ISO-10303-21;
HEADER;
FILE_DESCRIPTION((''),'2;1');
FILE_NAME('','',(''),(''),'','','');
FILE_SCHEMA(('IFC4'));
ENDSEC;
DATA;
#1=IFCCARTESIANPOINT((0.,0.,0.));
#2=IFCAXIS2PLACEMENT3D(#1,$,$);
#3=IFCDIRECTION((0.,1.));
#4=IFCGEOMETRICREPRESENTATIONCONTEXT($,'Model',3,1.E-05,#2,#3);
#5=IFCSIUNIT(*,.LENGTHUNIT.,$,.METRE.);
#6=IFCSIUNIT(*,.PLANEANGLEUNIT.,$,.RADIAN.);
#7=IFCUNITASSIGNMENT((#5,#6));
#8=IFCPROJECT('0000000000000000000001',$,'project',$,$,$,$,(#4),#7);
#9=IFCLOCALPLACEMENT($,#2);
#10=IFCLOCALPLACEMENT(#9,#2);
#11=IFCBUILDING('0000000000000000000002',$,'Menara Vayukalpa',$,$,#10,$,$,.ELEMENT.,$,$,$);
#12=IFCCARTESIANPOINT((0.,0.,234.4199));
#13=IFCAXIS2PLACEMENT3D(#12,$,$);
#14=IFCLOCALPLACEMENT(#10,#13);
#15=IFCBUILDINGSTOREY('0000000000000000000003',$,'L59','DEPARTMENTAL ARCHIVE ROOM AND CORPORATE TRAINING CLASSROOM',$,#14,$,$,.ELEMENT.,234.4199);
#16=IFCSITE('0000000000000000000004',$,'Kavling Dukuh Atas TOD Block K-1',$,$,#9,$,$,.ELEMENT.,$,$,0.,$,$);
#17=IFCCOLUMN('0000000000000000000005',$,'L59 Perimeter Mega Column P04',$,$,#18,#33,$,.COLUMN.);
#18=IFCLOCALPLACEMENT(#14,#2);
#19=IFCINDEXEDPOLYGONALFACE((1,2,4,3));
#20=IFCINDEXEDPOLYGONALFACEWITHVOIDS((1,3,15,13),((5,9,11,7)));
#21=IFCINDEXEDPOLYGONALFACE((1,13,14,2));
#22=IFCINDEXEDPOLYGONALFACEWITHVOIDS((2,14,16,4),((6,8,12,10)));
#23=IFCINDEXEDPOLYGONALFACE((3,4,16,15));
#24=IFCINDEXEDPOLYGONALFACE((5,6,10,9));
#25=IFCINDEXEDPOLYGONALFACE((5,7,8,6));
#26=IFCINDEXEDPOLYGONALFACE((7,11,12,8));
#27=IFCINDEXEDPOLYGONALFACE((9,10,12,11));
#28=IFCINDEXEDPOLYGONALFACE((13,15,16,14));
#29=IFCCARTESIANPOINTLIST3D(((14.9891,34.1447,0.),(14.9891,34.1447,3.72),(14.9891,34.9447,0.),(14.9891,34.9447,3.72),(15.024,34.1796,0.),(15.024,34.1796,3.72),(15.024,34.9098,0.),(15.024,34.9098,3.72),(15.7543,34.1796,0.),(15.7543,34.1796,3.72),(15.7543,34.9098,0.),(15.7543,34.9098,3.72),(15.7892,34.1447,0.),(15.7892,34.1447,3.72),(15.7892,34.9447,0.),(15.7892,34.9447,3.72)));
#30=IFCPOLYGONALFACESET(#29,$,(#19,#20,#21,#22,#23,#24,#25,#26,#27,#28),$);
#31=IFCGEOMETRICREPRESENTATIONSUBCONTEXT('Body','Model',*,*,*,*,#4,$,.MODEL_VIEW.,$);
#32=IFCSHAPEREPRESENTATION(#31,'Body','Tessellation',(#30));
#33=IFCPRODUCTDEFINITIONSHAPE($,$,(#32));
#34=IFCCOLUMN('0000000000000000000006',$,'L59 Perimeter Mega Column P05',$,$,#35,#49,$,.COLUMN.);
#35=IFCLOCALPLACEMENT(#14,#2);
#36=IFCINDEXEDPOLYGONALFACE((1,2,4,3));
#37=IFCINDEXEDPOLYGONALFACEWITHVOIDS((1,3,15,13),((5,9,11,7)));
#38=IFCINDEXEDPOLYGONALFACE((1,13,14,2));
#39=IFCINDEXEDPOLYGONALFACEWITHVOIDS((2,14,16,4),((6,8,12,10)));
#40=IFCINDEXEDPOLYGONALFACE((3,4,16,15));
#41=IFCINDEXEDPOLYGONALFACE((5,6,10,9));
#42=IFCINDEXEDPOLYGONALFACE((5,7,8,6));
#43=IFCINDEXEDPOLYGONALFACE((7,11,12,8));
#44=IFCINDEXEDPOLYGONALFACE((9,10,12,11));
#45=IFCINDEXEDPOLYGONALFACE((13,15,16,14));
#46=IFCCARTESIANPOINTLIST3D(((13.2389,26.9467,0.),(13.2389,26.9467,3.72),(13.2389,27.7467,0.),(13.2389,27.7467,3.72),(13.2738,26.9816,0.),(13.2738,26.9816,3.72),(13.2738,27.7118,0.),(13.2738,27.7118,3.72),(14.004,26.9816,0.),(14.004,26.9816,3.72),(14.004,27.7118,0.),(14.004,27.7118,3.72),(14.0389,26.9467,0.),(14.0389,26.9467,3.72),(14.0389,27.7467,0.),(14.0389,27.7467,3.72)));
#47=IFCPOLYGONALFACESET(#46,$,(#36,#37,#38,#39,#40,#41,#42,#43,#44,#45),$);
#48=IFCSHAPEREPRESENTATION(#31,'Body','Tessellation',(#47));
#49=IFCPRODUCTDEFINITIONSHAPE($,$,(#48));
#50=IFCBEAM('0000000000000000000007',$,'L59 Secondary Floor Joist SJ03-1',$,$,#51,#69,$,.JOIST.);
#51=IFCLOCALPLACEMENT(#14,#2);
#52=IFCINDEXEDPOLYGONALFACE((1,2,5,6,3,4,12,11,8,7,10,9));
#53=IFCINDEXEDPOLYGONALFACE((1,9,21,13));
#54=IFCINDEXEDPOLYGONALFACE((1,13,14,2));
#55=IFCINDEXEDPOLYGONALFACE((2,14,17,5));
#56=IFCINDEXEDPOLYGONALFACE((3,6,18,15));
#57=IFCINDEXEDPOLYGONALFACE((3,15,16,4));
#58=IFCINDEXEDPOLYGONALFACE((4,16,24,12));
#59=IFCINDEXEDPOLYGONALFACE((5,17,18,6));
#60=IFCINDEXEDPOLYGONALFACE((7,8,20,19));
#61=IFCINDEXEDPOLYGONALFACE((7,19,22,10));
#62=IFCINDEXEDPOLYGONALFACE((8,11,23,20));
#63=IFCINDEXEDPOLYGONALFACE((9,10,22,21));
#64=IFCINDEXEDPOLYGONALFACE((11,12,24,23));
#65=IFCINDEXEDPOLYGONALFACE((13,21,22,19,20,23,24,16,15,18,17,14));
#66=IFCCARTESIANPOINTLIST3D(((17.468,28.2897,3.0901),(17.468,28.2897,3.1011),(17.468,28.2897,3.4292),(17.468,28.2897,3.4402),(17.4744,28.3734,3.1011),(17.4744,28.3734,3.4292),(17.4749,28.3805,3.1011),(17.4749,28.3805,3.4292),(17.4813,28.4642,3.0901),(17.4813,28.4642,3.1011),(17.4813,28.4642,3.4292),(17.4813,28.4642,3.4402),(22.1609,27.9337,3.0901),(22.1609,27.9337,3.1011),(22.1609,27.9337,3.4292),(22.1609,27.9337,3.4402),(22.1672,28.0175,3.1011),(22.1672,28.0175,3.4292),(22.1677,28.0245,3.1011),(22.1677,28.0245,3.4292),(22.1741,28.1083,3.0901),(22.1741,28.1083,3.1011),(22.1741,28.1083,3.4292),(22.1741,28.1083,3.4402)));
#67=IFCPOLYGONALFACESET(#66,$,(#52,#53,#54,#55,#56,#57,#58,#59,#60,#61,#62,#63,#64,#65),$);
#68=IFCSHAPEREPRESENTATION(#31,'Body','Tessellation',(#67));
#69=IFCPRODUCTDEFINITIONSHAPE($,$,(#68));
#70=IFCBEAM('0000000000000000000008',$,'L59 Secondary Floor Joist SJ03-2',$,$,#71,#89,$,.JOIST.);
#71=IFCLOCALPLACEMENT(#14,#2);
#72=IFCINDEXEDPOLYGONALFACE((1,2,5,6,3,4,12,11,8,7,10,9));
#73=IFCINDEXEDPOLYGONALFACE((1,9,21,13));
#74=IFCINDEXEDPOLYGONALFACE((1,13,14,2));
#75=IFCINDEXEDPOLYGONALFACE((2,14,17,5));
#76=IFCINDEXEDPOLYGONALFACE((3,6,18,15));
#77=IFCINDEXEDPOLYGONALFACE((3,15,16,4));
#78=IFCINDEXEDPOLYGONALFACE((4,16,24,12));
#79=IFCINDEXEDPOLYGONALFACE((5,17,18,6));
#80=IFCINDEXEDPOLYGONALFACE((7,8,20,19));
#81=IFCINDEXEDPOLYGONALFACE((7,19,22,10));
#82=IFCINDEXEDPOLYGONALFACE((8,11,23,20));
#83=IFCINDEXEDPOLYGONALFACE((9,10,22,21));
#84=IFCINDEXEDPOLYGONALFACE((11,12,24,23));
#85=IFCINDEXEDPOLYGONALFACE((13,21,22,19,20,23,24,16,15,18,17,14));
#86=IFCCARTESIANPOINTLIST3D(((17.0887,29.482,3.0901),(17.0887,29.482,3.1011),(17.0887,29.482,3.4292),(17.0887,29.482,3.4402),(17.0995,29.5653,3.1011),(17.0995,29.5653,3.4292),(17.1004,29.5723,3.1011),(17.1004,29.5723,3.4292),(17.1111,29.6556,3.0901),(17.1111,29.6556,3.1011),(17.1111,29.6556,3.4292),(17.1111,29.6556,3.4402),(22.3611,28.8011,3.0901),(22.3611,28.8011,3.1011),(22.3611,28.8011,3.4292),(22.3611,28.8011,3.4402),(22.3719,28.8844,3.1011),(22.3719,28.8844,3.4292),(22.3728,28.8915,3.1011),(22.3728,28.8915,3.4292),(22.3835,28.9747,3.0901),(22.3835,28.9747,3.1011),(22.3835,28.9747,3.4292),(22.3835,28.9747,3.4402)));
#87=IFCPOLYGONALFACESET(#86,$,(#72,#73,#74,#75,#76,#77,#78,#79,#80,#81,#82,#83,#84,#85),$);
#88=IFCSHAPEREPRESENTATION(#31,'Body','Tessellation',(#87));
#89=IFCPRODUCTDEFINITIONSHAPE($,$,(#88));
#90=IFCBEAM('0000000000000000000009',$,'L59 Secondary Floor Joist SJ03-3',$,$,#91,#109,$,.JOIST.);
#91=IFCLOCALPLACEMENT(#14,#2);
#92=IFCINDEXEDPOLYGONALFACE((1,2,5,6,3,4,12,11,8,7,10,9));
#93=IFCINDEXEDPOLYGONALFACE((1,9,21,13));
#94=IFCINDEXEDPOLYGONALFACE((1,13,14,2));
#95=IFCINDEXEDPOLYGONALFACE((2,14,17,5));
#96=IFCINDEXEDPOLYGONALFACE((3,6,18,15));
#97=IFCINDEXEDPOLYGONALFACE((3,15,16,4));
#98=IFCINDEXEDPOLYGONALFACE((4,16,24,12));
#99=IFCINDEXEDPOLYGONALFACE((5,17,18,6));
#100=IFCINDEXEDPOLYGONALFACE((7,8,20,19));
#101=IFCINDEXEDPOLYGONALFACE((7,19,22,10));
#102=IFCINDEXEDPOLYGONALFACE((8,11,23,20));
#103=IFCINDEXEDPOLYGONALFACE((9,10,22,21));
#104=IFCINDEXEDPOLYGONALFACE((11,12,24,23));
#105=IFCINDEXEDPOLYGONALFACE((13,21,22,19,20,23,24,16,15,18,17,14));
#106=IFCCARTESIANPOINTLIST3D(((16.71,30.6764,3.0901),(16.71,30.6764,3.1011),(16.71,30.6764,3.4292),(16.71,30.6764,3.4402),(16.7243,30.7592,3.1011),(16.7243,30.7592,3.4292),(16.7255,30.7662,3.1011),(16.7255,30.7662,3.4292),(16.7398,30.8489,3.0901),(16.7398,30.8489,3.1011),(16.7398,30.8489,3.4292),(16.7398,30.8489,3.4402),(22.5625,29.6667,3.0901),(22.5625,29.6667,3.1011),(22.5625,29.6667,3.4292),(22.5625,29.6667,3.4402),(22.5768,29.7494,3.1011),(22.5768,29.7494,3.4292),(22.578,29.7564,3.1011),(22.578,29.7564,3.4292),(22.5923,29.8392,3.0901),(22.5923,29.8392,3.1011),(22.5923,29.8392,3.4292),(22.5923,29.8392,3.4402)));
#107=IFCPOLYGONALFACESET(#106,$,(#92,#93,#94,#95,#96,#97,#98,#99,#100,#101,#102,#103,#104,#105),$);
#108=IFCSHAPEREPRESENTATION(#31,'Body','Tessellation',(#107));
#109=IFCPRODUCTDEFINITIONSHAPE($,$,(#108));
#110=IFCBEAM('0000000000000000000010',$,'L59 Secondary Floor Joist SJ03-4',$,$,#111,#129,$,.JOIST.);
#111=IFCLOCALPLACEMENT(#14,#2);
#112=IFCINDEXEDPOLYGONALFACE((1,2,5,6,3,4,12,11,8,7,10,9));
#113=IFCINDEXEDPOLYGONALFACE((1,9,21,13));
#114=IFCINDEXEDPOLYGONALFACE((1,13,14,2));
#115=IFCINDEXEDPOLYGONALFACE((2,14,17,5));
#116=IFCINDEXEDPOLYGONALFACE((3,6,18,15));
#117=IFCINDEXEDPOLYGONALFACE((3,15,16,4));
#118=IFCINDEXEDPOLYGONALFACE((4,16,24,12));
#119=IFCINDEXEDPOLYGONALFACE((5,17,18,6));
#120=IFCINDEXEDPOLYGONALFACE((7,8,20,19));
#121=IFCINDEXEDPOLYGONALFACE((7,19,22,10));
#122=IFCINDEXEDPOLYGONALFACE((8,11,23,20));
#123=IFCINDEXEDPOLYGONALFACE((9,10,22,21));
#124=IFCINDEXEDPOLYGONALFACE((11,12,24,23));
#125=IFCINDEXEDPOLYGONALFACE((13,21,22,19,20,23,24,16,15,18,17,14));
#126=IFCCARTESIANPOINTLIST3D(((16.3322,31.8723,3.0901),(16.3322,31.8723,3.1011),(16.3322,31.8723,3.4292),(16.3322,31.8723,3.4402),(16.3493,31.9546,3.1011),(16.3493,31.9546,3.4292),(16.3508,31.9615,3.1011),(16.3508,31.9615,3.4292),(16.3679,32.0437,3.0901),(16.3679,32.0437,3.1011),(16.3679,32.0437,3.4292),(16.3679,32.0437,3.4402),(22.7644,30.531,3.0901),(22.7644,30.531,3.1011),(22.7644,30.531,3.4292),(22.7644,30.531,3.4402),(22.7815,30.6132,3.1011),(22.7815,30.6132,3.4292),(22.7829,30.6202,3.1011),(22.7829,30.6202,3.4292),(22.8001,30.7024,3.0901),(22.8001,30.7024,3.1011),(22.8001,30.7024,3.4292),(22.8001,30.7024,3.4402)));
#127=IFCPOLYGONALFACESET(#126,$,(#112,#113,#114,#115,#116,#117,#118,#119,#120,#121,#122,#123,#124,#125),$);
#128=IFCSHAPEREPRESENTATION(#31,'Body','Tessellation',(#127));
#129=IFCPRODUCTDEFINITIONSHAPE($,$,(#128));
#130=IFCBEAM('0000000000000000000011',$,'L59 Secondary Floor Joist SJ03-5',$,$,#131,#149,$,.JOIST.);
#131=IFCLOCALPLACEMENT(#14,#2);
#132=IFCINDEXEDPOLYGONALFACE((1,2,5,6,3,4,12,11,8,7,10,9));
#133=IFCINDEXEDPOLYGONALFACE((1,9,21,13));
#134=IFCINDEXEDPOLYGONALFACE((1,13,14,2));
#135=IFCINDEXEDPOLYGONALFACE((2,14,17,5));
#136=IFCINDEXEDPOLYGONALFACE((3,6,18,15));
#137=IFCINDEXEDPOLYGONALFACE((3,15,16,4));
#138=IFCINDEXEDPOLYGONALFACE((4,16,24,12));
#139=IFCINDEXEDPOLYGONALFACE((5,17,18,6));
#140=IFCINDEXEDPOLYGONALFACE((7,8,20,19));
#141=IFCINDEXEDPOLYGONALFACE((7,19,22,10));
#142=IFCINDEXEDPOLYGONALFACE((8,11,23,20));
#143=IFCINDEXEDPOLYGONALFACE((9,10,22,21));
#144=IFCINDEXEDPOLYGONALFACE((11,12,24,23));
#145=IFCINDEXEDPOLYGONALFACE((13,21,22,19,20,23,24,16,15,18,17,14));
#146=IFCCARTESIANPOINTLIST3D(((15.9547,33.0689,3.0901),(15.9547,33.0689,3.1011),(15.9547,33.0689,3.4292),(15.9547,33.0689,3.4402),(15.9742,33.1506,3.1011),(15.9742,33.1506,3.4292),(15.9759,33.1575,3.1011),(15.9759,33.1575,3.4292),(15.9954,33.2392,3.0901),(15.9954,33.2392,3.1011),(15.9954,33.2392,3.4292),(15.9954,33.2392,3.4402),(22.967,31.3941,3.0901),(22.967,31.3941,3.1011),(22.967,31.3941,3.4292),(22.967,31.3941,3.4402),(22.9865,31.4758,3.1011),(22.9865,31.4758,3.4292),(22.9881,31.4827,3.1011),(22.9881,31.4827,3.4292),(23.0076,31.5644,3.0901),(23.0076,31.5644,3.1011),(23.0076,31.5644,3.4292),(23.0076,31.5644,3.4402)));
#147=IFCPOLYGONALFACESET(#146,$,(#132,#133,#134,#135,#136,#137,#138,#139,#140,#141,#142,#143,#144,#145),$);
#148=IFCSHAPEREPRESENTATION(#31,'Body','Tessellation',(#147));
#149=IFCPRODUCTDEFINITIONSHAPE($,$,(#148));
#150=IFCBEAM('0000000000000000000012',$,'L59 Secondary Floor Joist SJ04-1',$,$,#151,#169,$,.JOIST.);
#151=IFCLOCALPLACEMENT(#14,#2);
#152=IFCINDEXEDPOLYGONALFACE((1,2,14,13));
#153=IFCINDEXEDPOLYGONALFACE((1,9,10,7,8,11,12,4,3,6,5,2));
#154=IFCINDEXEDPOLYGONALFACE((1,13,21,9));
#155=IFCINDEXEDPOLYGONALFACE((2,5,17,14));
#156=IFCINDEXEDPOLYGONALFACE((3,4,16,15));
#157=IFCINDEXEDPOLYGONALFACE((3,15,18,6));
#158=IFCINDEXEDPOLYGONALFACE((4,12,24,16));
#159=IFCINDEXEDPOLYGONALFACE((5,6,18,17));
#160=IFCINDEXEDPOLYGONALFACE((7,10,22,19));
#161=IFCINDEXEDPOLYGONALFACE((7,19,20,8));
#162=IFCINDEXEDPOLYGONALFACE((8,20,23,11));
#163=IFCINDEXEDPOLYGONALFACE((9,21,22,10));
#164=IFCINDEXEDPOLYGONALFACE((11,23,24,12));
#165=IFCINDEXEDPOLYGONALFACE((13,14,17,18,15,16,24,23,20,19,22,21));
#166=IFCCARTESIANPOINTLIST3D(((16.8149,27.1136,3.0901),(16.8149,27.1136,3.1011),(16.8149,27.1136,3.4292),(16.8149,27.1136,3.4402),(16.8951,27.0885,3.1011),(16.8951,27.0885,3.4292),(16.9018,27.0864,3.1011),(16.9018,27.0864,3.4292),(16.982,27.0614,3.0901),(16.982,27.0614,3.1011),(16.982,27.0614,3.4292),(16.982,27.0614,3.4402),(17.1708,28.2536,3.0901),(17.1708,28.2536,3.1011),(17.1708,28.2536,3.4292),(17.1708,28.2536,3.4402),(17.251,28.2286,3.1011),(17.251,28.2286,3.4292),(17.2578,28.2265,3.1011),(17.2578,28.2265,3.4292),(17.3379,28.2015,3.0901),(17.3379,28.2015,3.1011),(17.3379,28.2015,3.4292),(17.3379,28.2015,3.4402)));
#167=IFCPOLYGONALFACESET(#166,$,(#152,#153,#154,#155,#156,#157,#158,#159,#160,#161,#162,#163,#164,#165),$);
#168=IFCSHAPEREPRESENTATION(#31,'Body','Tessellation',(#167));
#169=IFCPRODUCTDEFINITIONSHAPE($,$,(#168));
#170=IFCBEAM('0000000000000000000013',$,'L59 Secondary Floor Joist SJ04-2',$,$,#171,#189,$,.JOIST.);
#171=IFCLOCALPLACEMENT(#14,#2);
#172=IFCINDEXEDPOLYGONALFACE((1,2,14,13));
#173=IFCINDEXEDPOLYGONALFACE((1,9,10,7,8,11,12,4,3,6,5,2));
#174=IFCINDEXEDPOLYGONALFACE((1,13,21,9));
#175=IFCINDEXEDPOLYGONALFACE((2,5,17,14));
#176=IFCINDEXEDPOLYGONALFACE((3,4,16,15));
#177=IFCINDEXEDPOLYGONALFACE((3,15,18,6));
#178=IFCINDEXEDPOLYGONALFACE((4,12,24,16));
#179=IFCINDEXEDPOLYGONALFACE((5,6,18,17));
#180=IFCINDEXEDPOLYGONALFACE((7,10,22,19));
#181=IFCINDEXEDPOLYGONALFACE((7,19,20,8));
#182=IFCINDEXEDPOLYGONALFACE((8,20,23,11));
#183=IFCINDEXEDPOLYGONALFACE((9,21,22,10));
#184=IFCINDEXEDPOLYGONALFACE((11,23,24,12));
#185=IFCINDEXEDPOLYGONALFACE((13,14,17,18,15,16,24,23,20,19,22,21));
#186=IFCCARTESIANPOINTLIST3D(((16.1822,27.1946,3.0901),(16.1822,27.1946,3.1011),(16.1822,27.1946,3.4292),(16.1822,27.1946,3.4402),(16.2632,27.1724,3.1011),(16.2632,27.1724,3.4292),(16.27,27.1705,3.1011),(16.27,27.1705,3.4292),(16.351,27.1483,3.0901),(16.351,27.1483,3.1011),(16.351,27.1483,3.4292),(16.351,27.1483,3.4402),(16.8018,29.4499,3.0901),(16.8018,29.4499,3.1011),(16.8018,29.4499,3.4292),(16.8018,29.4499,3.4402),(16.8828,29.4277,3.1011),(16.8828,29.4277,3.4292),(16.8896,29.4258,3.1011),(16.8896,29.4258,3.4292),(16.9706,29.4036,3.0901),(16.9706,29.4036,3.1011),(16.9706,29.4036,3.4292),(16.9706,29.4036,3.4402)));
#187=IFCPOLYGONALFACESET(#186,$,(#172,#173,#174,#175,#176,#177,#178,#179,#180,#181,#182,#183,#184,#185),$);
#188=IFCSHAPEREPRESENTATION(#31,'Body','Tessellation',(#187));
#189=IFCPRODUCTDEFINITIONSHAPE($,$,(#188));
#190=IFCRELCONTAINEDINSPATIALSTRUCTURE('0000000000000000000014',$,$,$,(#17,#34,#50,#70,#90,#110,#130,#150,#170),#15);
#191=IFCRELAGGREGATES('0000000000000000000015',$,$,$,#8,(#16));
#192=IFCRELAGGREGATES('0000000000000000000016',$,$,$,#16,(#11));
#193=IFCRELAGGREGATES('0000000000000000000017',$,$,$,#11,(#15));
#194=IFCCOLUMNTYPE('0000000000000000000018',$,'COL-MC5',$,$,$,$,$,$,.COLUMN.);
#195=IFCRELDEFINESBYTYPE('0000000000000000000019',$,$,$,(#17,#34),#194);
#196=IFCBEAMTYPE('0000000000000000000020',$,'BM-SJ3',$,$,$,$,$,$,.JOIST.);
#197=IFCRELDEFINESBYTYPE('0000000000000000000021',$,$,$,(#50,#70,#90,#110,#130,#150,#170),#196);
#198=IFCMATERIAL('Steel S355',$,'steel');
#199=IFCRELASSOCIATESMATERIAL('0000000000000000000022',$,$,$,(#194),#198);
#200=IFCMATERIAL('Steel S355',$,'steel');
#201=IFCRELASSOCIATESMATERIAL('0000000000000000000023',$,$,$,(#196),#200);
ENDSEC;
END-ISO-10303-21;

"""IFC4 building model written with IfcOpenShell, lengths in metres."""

from ifc_helpers import new_model, si_unit, direction, frame, origin, origin_2d, place, context, subcontext, project, spatial, hollow_rectangle, i_section, extrude, material, material_profile, profile_set, type_object, element, save


model = new_model("IFC4")

# Units and contexts
model_context = context("Model", 3, precision=1e-05, world=origin(), true_north=direction((0.0, 1.0)))
body_context = subcontext(model_context, "Body", "Model", "MODEL_VIEW")
ifc_project = project(units=[si_unit("LENGTHUNIT", "METRE"), si_unit("PLANEANGLEUNIT", "RADIAN")], contexts=[model_context])

# Site, building, storey
site_placement = place(None, origin())
site = spatial("IfcSite", under=ifc_project, at=site_placement, Name="Kavling Dukuh Atas TOD Block K-1", CompositionType="ELEMENT", RefElevation=0.0)
building_placement = place(site_placement, origin())
building = spatial("IfcBuilding", under=site, at=building_placement, Name="Menara Vayukalpa", CompositionType="ELEMENT")
storey_placement = place(building_placement, frame((0.0, 0.0, 234.4199)))
storey = spatial("IfcBuildingStorey", under=building, at=storey_placement, Name="L59", Description="DEPARTMENTAL ARCHIVE ROOM AND CORPORATE TRAINING CLASSROOM", CompositionType="ELEMENT", Elevation=234.4199)

# Columns
ifc_material_1 = material(Name="Steel S355", Category="steel")
ifc_material_profile_1 = material_profile(ifc_material_1, hollow_rectangle(XDim=0.8, YDim=0.8, WallThickness=0.0349, at=origin_2d()), Name="BOX 800x800x35")
ifc_profile_set_1 = profile_set([ifc_material_profile_1], Name="Steel S355")
column_type = type_object("IfcColumnType", Name="COL-MC5", PredefinedType="COLUMN", material=ifc_profile_set_1)
for number, where, z_axis, x_axis, name in (
    (1, (15.3892, 34.5447, 0.0), (0.0, 0.0, 1.0), (1.0, 0.0, 0.0), "L59 Perimeter Mega Column P04"),
    (2, (13.6389, 27.3467, 0.0), (0.0, 0.0, 1.0), (1.0, 0.0, 0.0), "L59 Perimeter Mega Column P05"),
):
    element("IfcColumn", number, at=place(storey_placement, frame(where, z_axis=z_axis, x_axis=x_axis)), inside=storey, type_object=column_type, Name=name, PredefinedType="COLUMN", context=body_context, shape_type="SweptSolid", body=[
        extrude(hollow_rectangle(XDim=0.8, YDim=0.8, WallThickness=0.0349, at=origin_2d()), origin(), (0.0, 0.0, 1.0), 3.72),
    ])

# Beams
ifc_material_2 = material(Name="Steel S355", Category="steel")
ifc_material_profile_2 = material_profile(ifc_material_2, i_section(OverallWidth=0.175, OverallDepth=0.3501, WebThickness=0.0071, FlangeThickness=0.011, at=origin_2d()), Name="WF 350x175x7x11")
ifc_profile_set_2 = profile_set([ifc_material_profile_2], Name="Steel S355")
beam_type_1 = type_object("IfcBeamType", Name="BM-SJ3", PredefinedType="JOIST", material=ifc_profile_set_2)
beam_1_placement = place(storey_placement, frame((22.1675, 28.021, 3.2651), z_axis=(-0.997136, 0.075633, 0.0), x_axis=(-0.075633, -0.997136, 0.0)))
element("IfcBeam", 3, at=beam_1_placement, inside=storey, type_object=beam_type_1, Name="L59 Secondary Floor Joist SJ03-1", PredefinedType="JOIST", context=body_context, shape_type="SweptSolid", body=[
    extrude(i_section(OverallWidth=0.175, OverallDepth=0.3501, WebThickness=0.0071, FlangeThickness=0.011, at=origin_2d()), origin(), (0.0, 0.0, 1.0), 4.7063),
])
beam_2_placement = place(storey_placement, frame((22.3723, 28.8879, 3.2651), z_axis=(-0.991764, 0.128081, 0.0), x_axis=(-0.128081, -0.991764, 0.0)))
element("IfcBeam", 4, at=beam_2_placement, inside=storey, type_object=beam_type_1, Name="L59 Secondary Floor Joist SJ03-2", PredefinedType="JOIST", context=body_context, shape_type="SweptSolid", body=[
    extrude(i_section(OverallWidth=0.175, OverallDepth=0.3501, WebThickness=0.0071, FlangeThickness=0.011, at=origin_2d()), origin(), (0.0, 0.0, 1.0), 5.3162),
])
beam_3_placement = place(storey_placement, frame((22.5774, 29.7529, 3.2651), z_axis=(-0.98544, 0.170023, 0.0), x_axis=(-0.170023, -0.98544, 0.0)))
element("IfcBeam", 5, at=beam_3_placement, inside=storey, type_object=beam_type_1, Name="L59 Secondary Floor Joist SJ03-3", PredefinedType="JOIST", context=body_context, shape_type="SweptSolid", body=[
    extrude(i_section(OverallWidth=0.175, OverallDepth=0.3501, WebThickness=0.0071, FlangeThickness=0.011, at=origin_2d()), origin(), (0.0, 0.0, 1.0), 5.939),
])
beam_4_placement = place(storey_placement, frame((22.7822, 30.6167, 3.2651), z_axis=(-0.978941, 0.204141, 0.0), x_axis=(-0.204141, -0.978941, 0.0)))
element("IfcBeam", 6, at=beam_4_placement, inside=storey, type_object=beam_type_1, Name="L59 Secondary Floor Joist SJ03-4", PredefinedType="JOIST", context=body_context, shape_type="SweptSolid", body=[
    extrude(i_section(OverallWidth=0.175, OverallDepth=0.3501, WebThickness=0.0071, FlangeThickness=0.011, at=origin_2d()), origin(), (0.0, 0.0, 1.0), 6.5706),
])
beam_5_placement = place(storey_placement, frame((22.9873, 31.4792, 3.2651), z_axis=(-0.972642, 0.232307, 0.0), x_axis=(-0.232307, -0.972642, 0.0)))
element("IfcBeam", 7, at=beam_5_placement, inside=storey, type_object=beam_type_1, Name="L59 Secondary Floor Joist SJ03-5", PredefinedType="JOIST", context=body_context, shape_type="SweptSolid", body=[
    extrude(i_section(OverallWidth=0.175, OverallDepth=0.3501, WebThickness=0.0071, FlangeThickness=0.011, at=origin_2d()), origin(), (0.0, 0.0, 1.0), 7.2095),
])
beam_6_placement = place(storey_placement, frame((17.2544, 28.2275, 3.2651), z_axis=(-0.298019, -0.95456, 0.0), x_axis=(0.95456, -0.298019, 0.0)))
element("IfcBeam", 8, at=beam_6_placement, inside=storey, type_object=beam_type_1, Name="L59 Secondary Floor Joist SJ04-1", PredefinedType="JOIST", context=body_context, shape_type="SweptSolid", body=[
    extrude(i_section(OverallWidth=0.175, OverallDepth=0.3501, WebThickness=0.0071, FlangeThickness=0.011, at=origin_2d()), origin(), (0.0, 0.0, 1.0), 1.1943),
])
beam_7_placement = place(storey_placement, frame((16.8862, 29.4268, 3.2651), z_axis=(-0.264919, -0.964271, 0.0), x_axis=(0.964271, -0.264919, 0.0)))
element("IfcBeam", 9, at=beam_7_placement, inside=storey, type_object=beam_type_1, Name="L59 Secondary Floor Joist SJ04-2", PredefinedType="JOIST", context=body_context, shape_type="SweptSolid", body=[
    extrude(i_section(OverallWidth=0.175, OverallDepth=0.3501, WebThickness=0.0071, FlangeThickness=0.011, at=origin_2d()), origin(), (0.0, 0.0, 1.0), 2.3389),
])

save(model, "model.ifc")
